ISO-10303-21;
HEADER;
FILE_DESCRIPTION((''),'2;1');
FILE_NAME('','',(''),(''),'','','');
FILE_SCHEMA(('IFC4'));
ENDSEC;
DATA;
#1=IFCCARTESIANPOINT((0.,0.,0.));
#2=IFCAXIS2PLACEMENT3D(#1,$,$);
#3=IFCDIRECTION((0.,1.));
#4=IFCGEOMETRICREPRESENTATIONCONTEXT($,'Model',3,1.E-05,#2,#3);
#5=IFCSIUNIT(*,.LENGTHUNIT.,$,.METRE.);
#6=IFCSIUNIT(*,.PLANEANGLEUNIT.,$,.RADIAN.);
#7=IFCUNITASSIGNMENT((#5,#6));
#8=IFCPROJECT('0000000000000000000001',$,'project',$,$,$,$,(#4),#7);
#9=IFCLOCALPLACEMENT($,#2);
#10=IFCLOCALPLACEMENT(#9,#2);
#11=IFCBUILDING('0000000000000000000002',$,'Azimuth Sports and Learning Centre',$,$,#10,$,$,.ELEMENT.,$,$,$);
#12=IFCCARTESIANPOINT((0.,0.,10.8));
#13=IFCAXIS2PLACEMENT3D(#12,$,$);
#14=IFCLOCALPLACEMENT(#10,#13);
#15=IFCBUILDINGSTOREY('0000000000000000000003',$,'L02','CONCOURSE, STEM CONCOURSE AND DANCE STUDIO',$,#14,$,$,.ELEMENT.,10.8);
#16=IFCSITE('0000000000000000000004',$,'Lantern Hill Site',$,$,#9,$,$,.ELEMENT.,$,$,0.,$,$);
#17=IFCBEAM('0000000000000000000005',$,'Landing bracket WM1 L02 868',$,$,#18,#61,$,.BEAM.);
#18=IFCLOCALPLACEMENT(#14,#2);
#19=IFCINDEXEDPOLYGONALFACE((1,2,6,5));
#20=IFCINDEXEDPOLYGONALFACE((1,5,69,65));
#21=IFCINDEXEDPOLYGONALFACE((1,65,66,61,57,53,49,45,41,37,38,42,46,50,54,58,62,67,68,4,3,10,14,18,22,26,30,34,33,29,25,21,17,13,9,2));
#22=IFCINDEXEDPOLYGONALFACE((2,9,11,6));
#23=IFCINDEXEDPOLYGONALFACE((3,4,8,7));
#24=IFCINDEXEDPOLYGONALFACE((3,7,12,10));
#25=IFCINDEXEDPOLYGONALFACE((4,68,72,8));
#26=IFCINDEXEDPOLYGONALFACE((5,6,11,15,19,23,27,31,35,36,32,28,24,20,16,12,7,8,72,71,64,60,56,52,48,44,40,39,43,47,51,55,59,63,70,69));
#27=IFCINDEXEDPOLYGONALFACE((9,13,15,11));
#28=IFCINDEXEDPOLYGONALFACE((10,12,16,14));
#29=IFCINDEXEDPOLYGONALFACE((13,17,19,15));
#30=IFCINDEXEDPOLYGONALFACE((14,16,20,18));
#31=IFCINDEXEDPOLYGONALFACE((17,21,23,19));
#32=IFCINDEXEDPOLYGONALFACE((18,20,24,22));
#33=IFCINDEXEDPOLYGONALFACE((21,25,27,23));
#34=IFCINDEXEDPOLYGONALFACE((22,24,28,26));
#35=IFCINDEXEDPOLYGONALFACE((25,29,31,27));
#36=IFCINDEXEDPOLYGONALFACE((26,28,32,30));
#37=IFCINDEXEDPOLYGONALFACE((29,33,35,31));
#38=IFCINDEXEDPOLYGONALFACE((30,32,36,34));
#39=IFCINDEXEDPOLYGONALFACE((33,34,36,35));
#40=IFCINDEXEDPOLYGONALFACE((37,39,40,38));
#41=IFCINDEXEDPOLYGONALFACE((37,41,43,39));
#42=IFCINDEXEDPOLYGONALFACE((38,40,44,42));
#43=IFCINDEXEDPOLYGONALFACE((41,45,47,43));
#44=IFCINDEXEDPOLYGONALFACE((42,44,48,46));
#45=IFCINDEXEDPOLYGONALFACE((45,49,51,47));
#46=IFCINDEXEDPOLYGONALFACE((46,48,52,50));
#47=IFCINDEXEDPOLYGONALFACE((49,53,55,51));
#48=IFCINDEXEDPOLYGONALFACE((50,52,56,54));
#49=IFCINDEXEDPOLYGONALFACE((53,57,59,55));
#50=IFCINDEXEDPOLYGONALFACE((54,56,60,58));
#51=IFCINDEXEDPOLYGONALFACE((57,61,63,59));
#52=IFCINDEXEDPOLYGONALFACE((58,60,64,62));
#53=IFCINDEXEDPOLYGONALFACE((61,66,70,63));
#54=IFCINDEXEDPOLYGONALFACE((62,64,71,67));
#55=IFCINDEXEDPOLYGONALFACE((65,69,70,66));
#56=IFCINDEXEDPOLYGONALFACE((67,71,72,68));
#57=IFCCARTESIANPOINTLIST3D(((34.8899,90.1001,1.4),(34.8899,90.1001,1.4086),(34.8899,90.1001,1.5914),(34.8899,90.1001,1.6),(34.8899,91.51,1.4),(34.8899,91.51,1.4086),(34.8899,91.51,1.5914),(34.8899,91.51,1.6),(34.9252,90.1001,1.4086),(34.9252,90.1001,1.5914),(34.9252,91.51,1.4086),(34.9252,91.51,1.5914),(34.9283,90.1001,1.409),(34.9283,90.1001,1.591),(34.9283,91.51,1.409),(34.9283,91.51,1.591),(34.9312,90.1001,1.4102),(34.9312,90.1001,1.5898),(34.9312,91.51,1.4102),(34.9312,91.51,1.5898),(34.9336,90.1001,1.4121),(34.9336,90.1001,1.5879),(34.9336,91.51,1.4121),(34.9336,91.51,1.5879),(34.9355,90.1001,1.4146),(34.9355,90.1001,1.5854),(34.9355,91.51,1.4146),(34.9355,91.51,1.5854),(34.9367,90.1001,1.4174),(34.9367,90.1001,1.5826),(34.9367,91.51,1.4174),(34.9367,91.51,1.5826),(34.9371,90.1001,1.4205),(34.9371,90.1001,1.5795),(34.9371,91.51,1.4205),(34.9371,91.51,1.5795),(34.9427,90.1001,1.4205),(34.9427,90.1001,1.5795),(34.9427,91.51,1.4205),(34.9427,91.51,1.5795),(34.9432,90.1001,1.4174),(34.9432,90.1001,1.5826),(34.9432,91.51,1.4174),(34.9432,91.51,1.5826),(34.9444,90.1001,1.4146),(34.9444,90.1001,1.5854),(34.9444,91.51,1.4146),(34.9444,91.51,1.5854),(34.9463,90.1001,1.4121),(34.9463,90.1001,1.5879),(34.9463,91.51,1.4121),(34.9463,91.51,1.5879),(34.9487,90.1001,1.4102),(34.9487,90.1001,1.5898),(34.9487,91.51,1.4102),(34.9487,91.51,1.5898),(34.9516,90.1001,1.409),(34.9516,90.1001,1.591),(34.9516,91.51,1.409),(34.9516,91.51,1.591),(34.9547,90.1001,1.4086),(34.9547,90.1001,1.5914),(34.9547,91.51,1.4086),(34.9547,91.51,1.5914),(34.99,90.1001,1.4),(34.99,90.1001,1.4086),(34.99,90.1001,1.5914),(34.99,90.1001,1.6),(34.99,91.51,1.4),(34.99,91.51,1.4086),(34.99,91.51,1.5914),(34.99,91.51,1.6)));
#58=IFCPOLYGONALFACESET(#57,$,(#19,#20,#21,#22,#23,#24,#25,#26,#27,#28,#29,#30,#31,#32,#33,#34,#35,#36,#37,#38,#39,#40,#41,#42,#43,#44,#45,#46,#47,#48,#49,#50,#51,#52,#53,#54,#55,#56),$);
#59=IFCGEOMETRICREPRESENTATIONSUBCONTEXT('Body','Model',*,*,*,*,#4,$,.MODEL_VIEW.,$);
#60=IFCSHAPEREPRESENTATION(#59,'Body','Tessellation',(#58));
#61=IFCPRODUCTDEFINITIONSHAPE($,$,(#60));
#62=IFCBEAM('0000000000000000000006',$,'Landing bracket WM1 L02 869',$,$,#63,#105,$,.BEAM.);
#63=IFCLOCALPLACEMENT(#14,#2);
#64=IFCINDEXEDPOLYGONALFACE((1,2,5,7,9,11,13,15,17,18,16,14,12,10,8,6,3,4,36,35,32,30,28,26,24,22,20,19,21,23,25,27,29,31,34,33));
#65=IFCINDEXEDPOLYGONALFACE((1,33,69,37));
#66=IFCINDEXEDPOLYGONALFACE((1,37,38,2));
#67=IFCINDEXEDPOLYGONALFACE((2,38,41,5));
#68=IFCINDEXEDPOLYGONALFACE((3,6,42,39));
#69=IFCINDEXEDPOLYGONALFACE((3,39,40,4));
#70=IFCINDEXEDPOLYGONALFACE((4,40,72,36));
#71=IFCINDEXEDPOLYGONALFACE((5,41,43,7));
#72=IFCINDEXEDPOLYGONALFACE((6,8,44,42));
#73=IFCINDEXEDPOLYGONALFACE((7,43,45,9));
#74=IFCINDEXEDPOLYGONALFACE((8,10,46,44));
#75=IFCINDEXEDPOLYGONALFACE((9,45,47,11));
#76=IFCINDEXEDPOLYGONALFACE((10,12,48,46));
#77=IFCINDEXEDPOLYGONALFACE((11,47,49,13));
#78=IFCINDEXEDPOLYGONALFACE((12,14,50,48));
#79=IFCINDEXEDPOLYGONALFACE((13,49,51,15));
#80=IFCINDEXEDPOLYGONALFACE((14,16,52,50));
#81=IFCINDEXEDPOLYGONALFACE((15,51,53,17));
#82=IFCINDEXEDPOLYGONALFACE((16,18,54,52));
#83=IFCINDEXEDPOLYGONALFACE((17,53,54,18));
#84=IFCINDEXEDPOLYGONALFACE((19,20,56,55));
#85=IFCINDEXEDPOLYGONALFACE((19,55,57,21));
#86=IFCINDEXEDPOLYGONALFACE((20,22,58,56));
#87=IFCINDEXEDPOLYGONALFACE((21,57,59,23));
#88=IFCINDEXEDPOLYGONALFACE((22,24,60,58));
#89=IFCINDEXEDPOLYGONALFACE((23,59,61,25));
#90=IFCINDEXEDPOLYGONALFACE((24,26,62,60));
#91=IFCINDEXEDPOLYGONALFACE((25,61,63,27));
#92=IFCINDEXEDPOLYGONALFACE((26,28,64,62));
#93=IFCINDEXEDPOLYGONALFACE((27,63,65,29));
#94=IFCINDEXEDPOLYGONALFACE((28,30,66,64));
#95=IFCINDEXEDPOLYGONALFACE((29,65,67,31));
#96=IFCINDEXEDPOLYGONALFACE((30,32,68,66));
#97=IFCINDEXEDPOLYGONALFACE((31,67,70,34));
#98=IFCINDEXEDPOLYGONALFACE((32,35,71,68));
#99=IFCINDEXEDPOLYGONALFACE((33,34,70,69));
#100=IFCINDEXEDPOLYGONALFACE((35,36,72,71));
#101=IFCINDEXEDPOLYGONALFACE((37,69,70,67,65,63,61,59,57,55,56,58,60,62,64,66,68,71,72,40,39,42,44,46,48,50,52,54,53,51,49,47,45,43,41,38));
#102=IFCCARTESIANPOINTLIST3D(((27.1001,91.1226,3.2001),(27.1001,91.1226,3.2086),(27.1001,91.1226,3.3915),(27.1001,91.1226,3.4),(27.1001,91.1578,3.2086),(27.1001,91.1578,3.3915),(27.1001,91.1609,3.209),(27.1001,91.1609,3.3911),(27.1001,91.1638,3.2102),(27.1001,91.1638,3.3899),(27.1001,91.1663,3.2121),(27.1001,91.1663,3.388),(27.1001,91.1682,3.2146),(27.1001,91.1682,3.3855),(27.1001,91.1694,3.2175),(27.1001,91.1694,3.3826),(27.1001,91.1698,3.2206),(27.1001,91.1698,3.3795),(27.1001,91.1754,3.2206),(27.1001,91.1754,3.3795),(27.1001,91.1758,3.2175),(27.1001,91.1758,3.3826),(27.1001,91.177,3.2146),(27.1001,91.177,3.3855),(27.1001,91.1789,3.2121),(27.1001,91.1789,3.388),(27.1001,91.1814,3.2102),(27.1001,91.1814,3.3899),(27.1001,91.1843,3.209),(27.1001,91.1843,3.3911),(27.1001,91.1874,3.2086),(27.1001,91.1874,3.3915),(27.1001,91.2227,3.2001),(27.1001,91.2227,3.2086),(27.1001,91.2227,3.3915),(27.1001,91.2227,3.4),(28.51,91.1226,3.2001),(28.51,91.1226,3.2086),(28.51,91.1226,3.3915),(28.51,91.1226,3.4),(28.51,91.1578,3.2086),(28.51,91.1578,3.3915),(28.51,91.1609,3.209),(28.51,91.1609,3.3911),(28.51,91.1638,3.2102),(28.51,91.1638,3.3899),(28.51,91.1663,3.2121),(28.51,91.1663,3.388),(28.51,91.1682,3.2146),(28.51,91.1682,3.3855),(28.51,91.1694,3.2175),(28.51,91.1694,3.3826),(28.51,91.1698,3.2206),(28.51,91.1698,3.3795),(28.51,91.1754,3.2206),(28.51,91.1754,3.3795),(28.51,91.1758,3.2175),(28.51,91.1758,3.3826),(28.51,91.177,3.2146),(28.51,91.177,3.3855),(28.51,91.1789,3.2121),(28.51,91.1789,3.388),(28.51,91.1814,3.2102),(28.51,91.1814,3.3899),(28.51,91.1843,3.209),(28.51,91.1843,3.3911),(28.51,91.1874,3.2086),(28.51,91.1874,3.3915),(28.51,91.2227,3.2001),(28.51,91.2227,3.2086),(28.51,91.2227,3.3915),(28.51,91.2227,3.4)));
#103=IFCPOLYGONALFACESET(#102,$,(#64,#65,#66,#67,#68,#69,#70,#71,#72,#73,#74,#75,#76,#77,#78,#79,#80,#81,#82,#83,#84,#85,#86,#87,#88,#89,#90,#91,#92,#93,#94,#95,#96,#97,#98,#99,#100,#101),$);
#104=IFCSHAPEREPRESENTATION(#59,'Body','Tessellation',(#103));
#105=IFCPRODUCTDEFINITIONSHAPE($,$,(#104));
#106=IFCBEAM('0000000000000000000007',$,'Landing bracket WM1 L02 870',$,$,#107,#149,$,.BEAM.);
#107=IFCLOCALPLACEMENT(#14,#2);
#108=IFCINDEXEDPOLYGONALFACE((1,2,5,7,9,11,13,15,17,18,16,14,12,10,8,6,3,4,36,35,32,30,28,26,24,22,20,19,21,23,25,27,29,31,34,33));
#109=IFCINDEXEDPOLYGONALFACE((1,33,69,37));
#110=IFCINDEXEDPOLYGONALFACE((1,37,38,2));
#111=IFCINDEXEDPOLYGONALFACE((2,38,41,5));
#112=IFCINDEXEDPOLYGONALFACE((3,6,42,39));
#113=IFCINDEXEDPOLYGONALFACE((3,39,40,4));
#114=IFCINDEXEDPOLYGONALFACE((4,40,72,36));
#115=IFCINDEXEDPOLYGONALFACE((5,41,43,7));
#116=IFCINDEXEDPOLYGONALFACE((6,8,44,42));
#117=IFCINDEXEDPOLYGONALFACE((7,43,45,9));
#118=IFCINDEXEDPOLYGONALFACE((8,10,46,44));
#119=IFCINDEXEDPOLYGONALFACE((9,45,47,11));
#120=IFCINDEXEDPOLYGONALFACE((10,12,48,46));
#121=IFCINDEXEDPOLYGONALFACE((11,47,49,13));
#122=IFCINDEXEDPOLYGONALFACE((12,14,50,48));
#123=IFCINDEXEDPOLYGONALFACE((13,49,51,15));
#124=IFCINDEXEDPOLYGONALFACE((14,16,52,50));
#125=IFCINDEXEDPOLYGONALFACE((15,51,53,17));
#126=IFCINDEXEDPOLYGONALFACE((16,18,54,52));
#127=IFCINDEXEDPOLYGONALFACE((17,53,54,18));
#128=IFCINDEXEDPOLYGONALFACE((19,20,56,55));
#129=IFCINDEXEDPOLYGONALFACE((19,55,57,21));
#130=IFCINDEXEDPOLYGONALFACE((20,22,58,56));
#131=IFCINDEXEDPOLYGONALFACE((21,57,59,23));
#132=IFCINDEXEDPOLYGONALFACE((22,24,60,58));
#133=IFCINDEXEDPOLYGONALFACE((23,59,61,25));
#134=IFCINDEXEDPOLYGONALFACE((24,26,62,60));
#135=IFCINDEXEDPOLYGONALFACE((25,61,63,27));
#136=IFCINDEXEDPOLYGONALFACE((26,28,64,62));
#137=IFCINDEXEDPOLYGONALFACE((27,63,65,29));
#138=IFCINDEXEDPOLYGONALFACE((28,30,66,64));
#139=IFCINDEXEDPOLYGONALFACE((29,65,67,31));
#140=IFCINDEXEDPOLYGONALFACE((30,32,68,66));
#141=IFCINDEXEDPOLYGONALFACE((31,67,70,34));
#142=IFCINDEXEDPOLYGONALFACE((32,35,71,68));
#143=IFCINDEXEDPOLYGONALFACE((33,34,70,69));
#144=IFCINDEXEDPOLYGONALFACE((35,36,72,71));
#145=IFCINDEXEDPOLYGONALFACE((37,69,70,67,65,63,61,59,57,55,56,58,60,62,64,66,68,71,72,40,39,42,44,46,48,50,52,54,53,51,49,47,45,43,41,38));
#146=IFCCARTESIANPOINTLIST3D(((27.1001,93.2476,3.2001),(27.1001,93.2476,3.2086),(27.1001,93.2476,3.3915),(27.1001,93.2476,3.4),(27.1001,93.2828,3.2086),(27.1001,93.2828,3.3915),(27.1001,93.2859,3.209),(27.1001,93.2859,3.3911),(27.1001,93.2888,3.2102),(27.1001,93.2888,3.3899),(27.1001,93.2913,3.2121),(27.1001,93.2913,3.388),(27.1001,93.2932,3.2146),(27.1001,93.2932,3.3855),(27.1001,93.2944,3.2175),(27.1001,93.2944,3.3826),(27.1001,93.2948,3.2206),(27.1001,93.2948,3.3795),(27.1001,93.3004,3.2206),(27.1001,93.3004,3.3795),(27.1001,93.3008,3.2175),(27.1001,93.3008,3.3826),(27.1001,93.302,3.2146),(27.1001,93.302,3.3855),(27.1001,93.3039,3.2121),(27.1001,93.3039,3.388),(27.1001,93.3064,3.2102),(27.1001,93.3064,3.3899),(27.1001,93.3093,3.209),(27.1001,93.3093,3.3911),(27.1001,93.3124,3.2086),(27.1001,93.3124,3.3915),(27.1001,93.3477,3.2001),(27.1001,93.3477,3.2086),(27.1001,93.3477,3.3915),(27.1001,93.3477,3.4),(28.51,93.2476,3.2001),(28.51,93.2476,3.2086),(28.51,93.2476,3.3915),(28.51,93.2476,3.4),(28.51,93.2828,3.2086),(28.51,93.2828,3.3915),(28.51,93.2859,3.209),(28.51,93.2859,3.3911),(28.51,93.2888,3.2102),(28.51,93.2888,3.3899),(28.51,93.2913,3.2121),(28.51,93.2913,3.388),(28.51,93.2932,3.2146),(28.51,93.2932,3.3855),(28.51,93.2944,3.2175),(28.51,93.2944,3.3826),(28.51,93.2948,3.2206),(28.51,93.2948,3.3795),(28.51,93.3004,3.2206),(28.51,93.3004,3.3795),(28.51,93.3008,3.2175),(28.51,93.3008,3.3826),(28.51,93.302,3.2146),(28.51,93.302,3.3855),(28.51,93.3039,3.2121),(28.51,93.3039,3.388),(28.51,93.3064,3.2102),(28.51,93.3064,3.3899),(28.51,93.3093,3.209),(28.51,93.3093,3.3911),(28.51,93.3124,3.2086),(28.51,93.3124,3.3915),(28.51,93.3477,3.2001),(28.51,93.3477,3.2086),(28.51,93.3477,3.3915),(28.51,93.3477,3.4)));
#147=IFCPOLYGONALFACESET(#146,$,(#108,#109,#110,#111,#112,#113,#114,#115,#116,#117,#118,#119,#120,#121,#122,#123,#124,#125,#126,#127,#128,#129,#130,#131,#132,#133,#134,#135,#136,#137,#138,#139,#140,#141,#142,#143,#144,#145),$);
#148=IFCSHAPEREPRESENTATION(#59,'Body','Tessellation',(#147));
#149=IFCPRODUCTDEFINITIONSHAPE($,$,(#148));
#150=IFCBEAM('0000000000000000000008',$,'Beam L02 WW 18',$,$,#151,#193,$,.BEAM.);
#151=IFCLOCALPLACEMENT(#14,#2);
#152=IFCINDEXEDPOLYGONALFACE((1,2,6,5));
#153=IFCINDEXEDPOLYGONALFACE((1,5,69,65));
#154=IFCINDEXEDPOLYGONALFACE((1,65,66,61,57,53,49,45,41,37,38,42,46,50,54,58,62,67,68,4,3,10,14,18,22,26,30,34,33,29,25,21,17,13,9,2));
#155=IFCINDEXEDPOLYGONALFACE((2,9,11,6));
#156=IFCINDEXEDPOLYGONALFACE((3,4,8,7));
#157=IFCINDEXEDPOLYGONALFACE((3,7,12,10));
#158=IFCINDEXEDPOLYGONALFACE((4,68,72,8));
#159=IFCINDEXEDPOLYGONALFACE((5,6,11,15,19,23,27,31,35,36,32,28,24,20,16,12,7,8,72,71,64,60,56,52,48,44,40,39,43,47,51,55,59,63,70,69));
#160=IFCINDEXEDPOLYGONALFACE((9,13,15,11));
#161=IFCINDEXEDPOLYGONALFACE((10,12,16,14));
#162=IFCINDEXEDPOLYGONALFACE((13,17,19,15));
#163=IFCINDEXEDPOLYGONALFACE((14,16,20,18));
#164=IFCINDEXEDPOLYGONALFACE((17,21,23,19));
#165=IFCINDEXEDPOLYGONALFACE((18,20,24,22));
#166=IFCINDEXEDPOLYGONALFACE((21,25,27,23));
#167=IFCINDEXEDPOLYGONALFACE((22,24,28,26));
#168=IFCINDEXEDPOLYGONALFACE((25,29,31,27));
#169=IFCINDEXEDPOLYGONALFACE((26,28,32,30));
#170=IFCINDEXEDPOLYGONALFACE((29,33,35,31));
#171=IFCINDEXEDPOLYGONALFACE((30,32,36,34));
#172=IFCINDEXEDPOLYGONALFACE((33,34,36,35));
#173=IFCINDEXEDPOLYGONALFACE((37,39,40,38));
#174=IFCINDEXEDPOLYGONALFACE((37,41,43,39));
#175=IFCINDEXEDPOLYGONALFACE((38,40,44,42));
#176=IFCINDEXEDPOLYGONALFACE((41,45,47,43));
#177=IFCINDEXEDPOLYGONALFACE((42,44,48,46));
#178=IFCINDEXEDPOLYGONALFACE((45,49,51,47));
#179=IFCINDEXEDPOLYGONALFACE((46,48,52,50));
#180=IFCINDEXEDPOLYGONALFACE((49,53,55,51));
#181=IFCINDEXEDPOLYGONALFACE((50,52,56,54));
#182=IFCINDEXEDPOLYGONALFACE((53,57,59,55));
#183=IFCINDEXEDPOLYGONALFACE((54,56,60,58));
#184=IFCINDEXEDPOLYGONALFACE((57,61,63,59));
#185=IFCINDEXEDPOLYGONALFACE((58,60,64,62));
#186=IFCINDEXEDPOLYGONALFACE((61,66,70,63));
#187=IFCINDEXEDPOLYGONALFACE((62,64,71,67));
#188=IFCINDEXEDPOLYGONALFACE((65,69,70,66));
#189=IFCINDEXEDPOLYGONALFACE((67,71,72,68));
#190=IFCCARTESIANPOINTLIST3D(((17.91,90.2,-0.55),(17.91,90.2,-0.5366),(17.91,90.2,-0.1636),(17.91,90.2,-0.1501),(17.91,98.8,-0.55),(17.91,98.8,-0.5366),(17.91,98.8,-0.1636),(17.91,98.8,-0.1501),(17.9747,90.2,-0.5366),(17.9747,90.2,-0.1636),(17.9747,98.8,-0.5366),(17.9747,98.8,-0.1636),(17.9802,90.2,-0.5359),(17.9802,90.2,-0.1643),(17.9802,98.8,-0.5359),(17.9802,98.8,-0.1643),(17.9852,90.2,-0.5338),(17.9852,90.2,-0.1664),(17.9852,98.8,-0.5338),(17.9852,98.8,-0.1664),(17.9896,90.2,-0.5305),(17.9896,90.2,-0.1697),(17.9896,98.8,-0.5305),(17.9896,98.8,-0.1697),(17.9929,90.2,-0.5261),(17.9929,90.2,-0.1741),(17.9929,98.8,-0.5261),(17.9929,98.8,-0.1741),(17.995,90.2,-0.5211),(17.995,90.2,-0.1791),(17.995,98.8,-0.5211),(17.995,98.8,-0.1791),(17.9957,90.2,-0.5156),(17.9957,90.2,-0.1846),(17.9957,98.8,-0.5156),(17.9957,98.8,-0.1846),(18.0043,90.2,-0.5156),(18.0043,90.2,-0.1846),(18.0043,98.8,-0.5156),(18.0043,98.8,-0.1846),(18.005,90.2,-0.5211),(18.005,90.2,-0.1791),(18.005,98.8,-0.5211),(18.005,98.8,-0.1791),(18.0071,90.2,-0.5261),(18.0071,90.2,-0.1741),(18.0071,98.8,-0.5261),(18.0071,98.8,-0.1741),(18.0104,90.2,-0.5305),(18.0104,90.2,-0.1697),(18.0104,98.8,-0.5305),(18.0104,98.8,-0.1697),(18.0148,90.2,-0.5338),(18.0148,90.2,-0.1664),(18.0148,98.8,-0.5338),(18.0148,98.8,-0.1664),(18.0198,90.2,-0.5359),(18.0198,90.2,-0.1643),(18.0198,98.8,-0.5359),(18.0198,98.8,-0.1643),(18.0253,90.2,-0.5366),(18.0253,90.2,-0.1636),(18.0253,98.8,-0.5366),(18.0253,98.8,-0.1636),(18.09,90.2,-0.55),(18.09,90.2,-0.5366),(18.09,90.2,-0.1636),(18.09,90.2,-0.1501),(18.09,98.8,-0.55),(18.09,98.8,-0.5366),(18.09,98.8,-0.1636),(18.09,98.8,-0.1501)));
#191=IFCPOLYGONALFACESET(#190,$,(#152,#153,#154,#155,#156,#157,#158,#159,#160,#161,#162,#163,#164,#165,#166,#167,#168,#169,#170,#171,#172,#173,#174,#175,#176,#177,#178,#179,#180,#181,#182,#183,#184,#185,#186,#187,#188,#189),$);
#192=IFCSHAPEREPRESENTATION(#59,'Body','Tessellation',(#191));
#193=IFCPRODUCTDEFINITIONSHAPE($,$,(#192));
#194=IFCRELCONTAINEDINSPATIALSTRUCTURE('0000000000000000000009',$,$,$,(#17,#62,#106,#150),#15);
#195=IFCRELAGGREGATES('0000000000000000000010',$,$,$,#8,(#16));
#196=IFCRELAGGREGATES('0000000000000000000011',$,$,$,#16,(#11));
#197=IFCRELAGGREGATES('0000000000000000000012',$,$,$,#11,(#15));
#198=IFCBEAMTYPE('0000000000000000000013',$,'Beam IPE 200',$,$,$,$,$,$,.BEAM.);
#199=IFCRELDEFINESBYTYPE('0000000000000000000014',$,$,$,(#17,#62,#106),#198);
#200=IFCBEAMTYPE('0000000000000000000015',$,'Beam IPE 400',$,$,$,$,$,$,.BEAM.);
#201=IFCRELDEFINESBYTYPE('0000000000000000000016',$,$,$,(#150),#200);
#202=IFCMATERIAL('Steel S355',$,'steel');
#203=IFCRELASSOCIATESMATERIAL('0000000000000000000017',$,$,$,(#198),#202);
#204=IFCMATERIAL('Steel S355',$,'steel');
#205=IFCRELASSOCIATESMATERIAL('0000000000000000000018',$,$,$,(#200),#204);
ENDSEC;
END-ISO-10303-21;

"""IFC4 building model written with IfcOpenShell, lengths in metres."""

from ifc_helpers import new_model, si_unit, direction, frame, origin, origin_2d, place, context, subcontext, project, spatial, i_section, extrude, material, material_profile, profile_set, type_object, element, save


model = new_model("IFC4")

# Units and contexts
model_context = context("Model", 3, precision=1e-05, world=origin(), true_north=direction((0.0, 1.0)))
body_context = subcontext(model_context, "Body", "Model", "MODEL_VIEW")
ifc_project = project(units=[si_unit("LENGTHUNIT", "METRE"), si_unit("PLANEANGLEUNIT", "RADIAN")], contexts=[model_context])

# Site, building, storey
site_placement = place(None, origin())
site = spatial("IfcSite", under=ifc_project, at=site_placement, Name="Lantern Hill Site", CompositionType="ELEMENT", RefElevation=0.0)
building_placement = place(site_placement, origin())
building = spatial("IfcBuilding", under=site, at=building_placement, Name="Azimuth Sports and Learning Centre", CompositionType="ELEMENT")
storey_placement = place(building_placement, frame((0.0, 0.0, 10.8)))
storey = spatial("IfcBuildingStorey", under=building, at=storey_placement, Name="L02", Description="CONCOURSE, STEM CONCOURSE AND DANCE STUDIO", CompositionType="ELEMENT", Elevation=10.8)

# Beams
ifc_material_1 = material(Name="Steel S355", Category="steel")
ifc_material_profile_1 = material_profile(ifc_material_1, i_section(OverallWidth=0.1001, OverallDepth=0.2, WebThickness=0.0056, FlangeThickness=0.0085, FilletRadius=0.012, at=origin_2d()), Name="IPE 200")
ifc_profile_set_1 = profile_set([ifc_material_profile_1], Name="Steel S355")
beam_type_1 = type_object("IfcBeamType", Name="Beam IPE 200", PredefinedType="BEAM", material=ifc_profile_set_1)
for number, where, z_axis, x_axis, name in (
    (1, (34.9399, 90.1001, 1.5), (0.0, 1.0, 0.0), (-1.0, 0.0, 0.0), "Landing bracket WM1 L02 868"),
    (2, (27.1001, 91.1726, 3.3), (1.0, 0.0, 0.0), (0.0, 1.0, 0.0), "Landing bracket WM1 L02 869"),
    (3, (27.1001, 93.2976, 3.3), (1.0, 0.0, 0.0), (0.0, 1.0, 0.0), "Landing bracket WM1 L02 870"),
):
    element("IfcBeam", number, at=place(storey_placement, frame(where, z_axis=z_axis, x_axis=x_axis)), inside=storey, type_object=beam_type_1, Name=name, PredefinedType="BEAM", context=body_context, shape_type="SweptSolid", body=[
        extrude(i_section(OverallWidth=0.1001, OverallDepth=0.2, WebThickness=0.0056, FlangeThickness=0.0085, FilletRadius=0.012, at=origin_2d()), origin(), (0.0, 0.0, 1.0), 1.4099),
    ])
ifc_material_2 = material(Name="Steel S355", Category="steel")
ifc_material_profile_2 = material_profile(ifc_material_2, i_section(OverallWidth=0.1799, OverallDepth=0.3999, WebThickness=0.0085, FlangeThickness=0.0134, FilletRadius=0.021, at=origin_2d()), Name="IPE 400")
ifc_profile_set_2 = profile_set([ifc_material_profile_2], Name="Steel S355")
beam_type_2 = type_object("IfcBeamType", Name="Beam IPE 400", PredefinedType="BEAM", material=ifc_profile_set_2)
beam_placement = place(storey_placement, frame((18.0, 90.2, -0.3501), z_axis=(0.0, 1.0, 0.0), x_axis=(-1.0, 0.0, 0.0)))
element("IfcBeam", 4, at=beam_placement, inside=storey, type_object=beam_type_2, Name="Beam L02 WW 18", PredefinedType="BEAM", context=body_context, shape_type="SweptSolid", body=[
    extrude(i_section(OverallWidth=0.1799, OverallDepth=0.3999, WebThickness=0.0085, FlangeThickness=0.0134, FilletRadius=0.021, at=origin_2d()), origin(), (0.0, 0.0, 1.0), 8.6001),
])

save(model, "model.ifc")
